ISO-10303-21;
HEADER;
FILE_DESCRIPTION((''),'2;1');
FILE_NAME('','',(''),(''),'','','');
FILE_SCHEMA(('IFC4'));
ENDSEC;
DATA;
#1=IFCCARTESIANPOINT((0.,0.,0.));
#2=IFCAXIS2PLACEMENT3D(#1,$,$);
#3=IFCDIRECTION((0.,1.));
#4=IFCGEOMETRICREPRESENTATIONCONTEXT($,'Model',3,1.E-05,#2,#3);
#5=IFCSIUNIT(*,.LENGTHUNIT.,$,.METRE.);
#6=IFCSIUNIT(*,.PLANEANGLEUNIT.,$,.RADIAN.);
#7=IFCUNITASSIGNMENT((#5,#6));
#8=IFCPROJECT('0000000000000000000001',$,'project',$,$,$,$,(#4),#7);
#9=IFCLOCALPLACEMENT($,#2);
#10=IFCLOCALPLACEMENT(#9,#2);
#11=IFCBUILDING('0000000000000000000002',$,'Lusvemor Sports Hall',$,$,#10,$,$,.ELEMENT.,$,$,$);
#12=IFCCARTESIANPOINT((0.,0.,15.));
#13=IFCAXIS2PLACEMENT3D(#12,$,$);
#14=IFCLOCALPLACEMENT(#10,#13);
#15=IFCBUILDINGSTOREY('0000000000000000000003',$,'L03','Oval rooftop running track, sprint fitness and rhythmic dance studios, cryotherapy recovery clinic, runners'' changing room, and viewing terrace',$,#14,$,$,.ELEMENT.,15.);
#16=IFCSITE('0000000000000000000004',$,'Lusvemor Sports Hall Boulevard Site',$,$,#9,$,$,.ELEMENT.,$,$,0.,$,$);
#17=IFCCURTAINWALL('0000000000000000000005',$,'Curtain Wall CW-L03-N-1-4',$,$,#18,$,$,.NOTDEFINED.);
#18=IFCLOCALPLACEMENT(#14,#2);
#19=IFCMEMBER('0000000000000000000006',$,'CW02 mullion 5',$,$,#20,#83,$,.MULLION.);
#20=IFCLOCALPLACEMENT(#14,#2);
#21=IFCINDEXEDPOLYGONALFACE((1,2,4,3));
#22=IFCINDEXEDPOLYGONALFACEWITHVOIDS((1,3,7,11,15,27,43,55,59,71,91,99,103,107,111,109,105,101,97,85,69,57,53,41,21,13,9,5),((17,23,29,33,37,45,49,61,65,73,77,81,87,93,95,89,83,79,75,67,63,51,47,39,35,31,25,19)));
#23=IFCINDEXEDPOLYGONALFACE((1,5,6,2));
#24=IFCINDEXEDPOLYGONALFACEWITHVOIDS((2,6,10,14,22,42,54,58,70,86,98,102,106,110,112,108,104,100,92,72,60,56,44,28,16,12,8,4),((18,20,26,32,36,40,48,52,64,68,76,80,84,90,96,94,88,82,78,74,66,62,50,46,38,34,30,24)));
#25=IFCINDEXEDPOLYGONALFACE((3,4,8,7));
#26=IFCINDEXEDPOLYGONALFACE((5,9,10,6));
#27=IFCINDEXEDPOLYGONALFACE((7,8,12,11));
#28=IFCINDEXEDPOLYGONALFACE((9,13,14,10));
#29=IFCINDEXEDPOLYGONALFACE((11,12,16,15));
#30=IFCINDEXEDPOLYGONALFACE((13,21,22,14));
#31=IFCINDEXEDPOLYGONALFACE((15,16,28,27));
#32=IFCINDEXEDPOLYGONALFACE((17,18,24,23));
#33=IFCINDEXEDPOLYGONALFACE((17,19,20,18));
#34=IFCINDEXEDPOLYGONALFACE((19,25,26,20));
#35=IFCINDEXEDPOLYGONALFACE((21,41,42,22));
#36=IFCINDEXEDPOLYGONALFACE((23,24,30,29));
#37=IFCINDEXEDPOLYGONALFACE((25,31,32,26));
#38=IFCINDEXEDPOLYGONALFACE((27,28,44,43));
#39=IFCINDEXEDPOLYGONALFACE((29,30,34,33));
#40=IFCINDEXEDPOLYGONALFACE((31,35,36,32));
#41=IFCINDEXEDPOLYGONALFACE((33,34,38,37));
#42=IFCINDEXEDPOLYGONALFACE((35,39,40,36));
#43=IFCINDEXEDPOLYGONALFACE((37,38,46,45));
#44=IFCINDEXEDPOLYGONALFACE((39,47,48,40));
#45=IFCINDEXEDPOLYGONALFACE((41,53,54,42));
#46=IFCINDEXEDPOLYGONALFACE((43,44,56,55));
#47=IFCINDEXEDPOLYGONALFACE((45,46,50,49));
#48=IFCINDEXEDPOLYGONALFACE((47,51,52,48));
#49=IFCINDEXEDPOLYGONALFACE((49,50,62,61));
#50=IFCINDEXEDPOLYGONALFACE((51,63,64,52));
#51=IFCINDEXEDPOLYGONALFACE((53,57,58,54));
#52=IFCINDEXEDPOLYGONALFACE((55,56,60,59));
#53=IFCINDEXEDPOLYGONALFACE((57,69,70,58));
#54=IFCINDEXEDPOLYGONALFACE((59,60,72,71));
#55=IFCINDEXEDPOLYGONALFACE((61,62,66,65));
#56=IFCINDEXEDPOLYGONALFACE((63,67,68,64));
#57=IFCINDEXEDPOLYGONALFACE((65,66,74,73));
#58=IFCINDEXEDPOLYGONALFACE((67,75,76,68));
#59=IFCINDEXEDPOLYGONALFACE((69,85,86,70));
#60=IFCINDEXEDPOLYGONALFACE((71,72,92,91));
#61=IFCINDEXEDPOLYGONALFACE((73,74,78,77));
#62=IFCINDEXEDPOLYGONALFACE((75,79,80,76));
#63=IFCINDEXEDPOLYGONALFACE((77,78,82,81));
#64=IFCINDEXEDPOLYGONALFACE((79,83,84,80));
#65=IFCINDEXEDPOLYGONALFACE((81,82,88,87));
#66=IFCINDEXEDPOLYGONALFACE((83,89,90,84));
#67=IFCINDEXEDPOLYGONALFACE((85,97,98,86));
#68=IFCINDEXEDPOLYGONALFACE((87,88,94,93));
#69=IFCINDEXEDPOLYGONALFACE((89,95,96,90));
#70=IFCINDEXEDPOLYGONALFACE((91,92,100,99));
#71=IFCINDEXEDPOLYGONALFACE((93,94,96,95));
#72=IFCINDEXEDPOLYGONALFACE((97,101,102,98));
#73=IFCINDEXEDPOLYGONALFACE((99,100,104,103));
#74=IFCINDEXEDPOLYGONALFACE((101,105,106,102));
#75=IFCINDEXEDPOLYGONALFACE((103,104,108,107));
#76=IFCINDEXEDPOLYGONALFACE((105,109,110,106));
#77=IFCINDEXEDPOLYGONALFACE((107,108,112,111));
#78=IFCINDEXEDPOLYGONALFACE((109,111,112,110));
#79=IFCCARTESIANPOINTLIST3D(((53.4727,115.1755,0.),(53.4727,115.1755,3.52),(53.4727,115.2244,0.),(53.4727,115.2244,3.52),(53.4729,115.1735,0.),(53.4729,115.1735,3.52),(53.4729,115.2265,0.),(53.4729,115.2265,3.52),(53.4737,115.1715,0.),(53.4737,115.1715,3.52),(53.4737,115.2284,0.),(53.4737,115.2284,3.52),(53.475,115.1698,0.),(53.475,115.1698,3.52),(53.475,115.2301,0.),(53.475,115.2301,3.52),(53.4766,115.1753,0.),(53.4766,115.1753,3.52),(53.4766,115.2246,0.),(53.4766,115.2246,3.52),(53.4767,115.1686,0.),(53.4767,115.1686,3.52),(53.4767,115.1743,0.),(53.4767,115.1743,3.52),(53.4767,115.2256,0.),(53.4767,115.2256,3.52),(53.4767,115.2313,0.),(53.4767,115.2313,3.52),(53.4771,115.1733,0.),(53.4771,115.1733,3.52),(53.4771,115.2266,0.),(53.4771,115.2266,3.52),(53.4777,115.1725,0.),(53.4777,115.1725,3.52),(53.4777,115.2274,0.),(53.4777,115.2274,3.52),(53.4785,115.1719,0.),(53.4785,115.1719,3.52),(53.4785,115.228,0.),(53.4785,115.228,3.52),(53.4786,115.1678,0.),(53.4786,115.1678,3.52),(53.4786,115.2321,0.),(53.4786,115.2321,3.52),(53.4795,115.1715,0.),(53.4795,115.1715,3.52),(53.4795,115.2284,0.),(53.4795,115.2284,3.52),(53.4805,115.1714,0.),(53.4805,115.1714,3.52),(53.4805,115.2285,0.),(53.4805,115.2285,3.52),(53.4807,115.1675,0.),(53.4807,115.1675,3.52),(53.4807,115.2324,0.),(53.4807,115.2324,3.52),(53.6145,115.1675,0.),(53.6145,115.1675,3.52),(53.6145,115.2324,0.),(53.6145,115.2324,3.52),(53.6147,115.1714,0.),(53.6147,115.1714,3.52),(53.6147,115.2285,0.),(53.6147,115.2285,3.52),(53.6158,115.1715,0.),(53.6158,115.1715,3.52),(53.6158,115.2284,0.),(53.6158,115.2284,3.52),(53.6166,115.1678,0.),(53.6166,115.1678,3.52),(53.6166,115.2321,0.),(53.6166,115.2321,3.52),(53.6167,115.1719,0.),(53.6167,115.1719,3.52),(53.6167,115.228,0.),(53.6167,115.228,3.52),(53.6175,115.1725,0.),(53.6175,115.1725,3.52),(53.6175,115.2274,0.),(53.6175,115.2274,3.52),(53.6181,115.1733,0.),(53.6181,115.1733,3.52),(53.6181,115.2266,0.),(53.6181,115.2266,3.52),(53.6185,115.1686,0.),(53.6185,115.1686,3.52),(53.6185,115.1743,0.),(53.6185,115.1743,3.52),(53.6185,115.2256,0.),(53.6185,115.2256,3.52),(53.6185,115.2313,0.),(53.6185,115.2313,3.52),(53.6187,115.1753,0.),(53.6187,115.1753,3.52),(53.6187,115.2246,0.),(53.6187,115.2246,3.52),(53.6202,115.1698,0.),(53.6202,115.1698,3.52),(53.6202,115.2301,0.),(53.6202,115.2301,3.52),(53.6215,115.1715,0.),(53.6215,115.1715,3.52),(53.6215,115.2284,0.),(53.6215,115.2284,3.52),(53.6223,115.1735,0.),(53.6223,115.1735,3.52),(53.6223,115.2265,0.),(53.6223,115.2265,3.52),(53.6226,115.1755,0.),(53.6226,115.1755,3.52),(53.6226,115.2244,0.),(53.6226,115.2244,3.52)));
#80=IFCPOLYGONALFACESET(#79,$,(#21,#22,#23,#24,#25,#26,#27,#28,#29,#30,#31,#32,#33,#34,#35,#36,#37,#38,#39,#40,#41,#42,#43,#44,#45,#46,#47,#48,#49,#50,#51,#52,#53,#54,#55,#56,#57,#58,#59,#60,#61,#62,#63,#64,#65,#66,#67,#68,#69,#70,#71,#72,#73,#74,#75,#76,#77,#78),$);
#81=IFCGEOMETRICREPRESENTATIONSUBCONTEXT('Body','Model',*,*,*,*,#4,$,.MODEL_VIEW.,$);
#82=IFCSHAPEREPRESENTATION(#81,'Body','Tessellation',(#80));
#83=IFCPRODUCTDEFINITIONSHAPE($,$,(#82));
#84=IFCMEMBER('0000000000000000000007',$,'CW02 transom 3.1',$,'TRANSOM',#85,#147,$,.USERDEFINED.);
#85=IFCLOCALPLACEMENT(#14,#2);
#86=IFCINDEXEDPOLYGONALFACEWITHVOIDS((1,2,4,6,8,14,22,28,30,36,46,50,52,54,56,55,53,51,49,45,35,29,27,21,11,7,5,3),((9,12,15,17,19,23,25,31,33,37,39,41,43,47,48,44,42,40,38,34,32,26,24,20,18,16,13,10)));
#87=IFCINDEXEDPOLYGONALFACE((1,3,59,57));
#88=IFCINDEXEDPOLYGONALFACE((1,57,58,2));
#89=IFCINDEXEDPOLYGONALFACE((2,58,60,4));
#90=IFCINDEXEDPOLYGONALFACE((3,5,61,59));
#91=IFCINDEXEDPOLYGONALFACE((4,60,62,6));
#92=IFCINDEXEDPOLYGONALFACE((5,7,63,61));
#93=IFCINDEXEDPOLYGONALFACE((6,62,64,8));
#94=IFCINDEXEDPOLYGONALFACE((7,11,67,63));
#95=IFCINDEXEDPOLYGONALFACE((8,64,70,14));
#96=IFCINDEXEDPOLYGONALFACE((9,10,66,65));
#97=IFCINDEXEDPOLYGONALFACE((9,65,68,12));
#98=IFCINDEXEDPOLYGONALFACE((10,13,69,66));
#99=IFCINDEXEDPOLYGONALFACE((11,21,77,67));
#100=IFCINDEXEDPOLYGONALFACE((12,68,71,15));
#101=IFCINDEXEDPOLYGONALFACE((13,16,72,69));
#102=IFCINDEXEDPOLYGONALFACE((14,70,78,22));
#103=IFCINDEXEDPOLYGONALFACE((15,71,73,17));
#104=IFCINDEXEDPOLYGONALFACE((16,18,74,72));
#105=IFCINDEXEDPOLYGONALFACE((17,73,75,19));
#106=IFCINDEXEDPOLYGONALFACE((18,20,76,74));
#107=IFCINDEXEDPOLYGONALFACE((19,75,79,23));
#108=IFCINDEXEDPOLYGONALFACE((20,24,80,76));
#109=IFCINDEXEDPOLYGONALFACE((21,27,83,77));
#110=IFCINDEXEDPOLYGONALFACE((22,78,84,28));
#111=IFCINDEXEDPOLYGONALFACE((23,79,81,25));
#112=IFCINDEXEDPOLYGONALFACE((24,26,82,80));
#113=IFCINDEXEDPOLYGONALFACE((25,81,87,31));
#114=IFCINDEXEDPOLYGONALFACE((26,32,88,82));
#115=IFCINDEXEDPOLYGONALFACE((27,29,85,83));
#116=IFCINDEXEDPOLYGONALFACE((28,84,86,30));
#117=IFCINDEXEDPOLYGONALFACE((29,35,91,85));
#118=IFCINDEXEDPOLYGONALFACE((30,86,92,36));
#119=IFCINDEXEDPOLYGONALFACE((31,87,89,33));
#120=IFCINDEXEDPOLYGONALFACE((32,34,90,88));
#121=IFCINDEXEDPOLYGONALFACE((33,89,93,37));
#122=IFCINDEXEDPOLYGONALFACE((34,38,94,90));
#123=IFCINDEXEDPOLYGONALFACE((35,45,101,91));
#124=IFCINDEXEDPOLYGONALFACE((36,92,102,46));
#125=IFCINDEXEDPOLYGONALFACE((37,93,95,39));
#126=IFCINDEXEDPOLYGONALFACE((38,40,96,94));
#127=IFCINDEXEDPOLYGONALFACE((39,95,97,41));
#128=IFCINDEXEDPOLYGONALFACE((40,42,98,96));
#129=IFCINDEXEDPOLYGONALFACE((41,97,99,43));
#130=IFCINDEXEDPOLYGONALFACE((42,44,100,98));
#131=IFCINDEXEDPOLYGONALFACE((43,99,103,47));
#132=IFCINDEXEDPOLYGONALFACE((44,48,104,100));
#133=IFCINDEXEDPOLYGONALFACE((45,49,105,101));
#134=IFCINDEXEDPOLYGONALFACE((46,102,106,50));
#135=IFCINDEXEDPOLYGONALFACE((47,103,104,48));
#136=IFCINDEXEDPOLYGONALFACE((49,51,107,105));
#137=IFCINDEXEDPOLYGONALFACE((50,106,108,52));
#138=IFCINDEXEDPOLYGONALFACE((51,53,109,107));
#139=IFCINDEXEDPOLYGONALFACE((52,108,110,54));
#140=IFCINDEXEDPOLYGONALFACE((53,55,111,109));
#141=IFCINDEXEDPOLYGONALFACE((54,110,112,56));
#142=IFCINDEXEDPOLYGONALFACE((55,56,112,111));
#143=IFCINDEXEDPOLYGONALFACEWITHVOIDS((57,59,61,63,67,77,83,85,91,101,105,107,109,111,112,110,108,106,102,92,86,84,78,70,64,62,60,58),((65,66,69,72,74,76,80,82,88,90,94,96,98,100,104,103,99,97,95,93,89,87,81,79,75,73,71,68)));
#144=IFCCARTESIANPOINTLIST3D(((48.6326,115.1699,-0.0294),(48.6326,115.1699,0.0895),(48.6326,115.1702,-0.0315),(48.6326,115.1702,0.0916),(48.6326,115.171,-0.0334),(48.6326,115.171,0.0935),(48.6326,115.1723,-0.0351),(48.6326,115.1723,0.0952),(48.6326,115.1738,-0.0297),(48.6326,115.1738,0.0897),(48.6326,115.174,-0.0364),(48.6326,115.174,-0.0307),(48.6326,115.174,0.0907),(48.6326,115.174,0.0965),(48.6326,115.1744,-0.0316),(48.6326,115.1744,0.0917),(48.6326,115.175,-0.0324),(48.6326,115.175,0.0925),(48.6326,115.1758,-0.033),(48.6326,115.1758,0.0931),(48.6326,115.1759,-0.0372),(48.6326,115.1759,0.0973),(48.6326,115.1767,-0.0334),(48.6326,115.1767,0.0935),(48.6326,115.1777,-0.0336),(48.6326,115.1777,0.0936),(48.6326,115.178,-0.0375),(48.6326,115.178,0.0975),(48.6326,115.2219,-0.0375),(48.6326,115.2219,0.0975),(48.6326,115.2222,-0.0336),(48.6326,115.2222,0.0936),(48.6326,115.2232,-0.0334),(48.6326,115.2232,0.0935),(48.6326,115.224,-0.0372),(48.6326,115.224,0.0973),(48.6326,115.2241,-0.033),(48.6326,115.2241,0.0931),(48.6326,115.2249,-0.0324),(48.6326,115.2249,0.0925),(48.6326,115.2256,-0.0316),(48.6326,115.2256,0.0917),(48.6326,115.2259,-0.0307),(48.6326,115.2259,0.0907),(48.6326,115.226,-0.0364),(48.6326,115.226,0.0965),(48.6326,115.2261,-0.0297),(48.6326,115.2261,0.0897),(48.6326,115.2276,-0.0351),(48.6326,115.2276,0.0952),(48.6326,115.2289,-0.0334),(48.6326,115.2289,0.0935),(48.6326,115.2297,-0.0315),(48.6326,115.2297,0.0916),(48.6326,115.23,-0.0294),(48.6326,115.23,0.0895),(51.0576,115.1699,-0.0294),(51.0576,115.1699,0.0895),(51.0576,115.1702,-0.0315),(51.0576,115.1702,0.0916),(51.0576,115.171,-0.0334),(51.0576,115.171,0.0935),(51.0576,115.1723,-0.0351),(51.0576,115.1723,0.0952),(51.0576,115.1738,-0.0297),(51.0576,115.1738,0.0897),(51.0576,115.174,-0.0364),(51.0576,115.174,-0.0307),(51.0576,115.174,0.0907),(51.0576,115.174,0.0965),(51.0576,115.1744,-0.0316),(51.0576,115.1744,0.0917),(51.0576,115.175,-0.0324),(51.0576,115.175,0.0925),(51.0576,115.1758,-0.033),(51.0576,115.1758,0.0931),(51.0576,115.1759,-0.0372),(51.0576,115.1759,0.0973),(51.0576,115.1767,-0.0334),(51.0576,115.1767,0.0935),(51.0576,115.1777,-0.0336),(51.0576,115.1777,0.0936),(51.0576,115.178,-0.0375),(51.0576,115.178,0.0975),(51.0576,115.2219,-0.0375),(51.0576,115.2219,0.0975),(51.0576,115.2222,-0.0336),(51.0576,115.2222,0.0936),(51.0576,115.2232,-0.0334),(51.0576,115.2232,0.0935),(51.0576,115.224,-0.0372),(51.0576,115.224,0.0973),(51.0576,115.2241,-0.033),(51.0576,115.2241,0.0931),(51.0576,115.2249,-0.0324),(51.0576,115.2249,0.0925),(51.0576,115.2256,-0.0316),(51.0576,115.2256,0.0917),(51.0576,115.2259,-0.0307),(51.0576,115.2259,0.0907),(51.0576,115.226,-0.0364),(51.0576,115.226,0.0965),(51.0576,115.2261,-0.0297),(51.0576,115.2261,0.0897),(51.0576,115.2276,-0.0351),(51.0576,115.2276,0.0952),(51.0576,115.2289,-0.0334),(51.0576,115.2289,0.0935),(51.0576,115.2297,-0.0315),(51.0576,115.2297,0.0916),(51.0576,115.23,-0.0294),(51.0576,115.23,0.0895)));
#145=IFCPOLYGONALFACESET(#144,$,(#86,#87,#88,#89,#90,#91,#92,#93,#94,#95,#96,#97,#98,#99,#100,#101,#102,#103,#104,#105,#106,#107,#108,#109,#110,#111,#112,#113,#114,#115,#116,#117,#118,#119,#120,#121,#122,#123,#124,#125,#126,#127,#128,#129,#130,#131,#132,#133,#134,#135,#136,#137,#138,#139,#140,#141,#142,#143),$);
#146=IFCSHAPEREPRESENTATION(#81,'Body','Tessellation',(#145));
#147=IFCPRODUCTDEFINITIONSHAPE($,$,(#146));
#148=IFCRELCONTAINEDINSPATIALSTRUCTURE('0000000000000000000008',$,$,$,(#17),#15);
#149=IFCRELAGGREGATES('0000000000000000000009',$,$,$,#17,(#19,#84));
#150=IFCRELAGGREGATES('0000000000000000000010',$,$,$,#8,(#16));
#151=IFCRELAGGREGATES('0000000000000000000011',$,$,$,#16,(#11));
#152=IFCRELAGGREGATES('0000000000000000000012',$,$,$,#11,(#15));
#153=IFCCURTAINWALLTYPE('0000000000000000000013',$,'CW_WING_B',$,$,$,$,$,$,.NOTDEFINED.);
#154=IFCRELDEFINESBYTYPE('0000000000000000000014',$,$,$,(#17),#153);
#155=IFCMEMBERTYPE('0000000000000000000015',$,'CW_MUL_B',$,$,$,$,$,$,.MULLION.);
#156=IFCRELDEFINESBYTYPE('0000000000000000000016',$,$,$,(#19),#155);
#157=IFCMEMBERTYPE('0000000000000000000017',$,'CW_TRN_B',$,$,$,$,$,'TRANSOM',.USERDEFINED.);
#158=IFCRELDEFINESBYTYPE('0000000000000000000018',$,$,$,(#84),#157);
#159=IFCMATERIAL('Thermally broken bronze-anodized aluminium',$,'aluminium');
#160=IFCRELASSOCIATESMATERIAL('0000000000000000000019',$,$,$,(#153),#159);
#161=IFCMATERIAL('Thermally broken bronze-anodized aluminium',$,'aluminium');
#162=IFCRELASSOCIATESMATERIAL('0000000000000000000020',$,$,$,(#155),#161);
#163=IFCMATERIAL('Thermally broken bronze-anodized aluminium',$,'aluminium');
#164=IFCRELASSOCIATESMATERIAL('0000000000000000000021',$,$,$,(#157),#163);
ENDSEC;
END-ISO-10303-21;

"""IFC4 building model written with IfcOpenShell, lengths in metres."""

from ifc_helpers import new_model, si_unit, direction, frame, origin, origin_2d, place, context, subcontext, project, spatial, hollow_rectangle, extrude, material, material_profile, profile_set, type_object, element, aggregate, save


model = new_model("IFC4")

# Units and contexts
model_context = context("Model", 3, precision=1e-05, world=origin(), true_north=direction((0.0, 1.0)))
body_context = subcontext(model_context, "Body", "Model", "MODEL_VIEW")
ifc_project = project(units=[si_unit("LENGTHUNIT", "METRE"), si_unit("PLANEANGLEUNIT", "RADIAN")], contexts=[model_context])

# Site, building, storey
site_placement = place(None, origin())
site = spatial("IfcSite", under=ifc_project, at=site_placement, Name="Lusvemor Sports Hall Boulevard Site", CompositionType="ELEMENT", RefElevation=0.0)
building_placement = place(site_placement, origin())
building = spatial("IfcBuilding", under=site, at=building_placement, Name="Lusvemor Sports Hall", CompositionType="ELEMENT")
storey_placement = place(building_placement, frame((0.0, 0.0, 15.0)))
storey = spatial("IfcBuildingStorey", under=building, at=storey_placement, Name="L03", Description="Oval rooftop running track, sprint fitness and rhythmic dance studios, cryotherapy recovery clinic, runners' changing room, and viewing terrace", CompositionType="ELEMENT", Elevation=15.0)

# Curtain wall, members
ifc_material_1 = material(Name="Thermally broken bronze-anodized aluminium", Category="aluminium")
curtain_wall_type = type_object("IfcCurtainWallType", Name="CW_WING_B", PredefinedType="NOTDEFINED", material=ifc_material_1)
curtain_wall_placement = place(storey_placement, origin())
curtain_wall = element("IfcCurtainWall", 1, at=curtain_wall_placement, inside=storey, type_object=curtain_wall_type, Name="Curtain Wall CW-L03-N-1-4", PredefinedType="NOTDEFINED")
ifc_material_2 = material(Name="Thermally broken bronze-anodized aluminium", Category="aluminium")
ifc_material_profile_1 = material_profile(ifc_material_2, hollow_rectangle(XDim=0.0649, YDim=0.1499, WallThickness=0.0039, InnerFilletRadius=0.0039, OuterFilletRadius=0.0081, at=origin_2d()), Name="CWMUL150x65x4")
ifc_profile_set_1 = profile_set([ifc_material_profile_1], Name="Thermally broken bronze-anodized aluminium")
member_type_1 = type_object("IfcMemberType", Name="CW_MUL_B", PredefinedType="MULLION", material=ifc_profile_set_1)
member_1_placement = place(storey_placement, frame((53.5476, 115.2, 0.0), z_axis=(0.0, 0.0, 1.0), x_axis=(0.0, 1.0, 0.0)))
member_1 = element("IfcMember", 2, at=member_1_placement, type_object=member_type_1, Name="CW02 mullion 5", PredefinedType="MULLION", context=body_context, shape_type="SweptSolid", body=[
    extrude(hollow_rectangle(XDim=0.0649, YDim=0.1499, WallThickness=0.0039, InnerFilletRadius=0.0039, OuterFilletRadius=0.0081, at=origin_2d()), origin(), (0.0, 0.0, 1.0), 3.52),
])
ifc_material_3 = material(Name="Thermally broken bronze-anodized aluminium", Category="aluminium")
ifc_material_profile_2 = material_profile(ifc_material_3, hollow_rectangle(XDim=0.0601, YDim=0.135, WallThickness=0.0039, InnerFilletRadius=0.0039, OuterFilletRadius=0.0081, at=origin_2d()), Name="CWTRN135x60x4")
ifc_profile_set_2 = profile_set([ifc_material_profile_2], Name="Thermally broken bronze-anodized aluminium")
member_type_2 = type_object("IfcMemberType", Name="CW_TRN_B", ElementType="TRANSOM", PredefinedType="USERDEFINED", material=ifc_profile_set_2)
member_2_placement = place(storey_placement, frame((48.6326, 115.2, 0.03), z_axis=(1.0, 0.0, 0.0), x_axis=(0.0, 1.0, 0.0)))
member_2 = element("IfcMember", 3, at=member_2_placement, type_object=member_type_2, Name="CW02 transom 3.1", ObjectType="TRANSOM", PredefinedType="USERDEFINED", context=body_context, shape_type="SweptSolid", body=[
    extrude(hollow_rectangle(XDim=0.0601, YDim=0.135, WallThickness=0.0039, InnerFilletRadius=0.0039, OuterFilletRadius=0.0081, at=origin_2d()), origin(), (0.0, 0.0, 1.0), 2.425),
])

aggregate(curtain_wall, [member_1, member_2])

save(model, "model.ifc")
